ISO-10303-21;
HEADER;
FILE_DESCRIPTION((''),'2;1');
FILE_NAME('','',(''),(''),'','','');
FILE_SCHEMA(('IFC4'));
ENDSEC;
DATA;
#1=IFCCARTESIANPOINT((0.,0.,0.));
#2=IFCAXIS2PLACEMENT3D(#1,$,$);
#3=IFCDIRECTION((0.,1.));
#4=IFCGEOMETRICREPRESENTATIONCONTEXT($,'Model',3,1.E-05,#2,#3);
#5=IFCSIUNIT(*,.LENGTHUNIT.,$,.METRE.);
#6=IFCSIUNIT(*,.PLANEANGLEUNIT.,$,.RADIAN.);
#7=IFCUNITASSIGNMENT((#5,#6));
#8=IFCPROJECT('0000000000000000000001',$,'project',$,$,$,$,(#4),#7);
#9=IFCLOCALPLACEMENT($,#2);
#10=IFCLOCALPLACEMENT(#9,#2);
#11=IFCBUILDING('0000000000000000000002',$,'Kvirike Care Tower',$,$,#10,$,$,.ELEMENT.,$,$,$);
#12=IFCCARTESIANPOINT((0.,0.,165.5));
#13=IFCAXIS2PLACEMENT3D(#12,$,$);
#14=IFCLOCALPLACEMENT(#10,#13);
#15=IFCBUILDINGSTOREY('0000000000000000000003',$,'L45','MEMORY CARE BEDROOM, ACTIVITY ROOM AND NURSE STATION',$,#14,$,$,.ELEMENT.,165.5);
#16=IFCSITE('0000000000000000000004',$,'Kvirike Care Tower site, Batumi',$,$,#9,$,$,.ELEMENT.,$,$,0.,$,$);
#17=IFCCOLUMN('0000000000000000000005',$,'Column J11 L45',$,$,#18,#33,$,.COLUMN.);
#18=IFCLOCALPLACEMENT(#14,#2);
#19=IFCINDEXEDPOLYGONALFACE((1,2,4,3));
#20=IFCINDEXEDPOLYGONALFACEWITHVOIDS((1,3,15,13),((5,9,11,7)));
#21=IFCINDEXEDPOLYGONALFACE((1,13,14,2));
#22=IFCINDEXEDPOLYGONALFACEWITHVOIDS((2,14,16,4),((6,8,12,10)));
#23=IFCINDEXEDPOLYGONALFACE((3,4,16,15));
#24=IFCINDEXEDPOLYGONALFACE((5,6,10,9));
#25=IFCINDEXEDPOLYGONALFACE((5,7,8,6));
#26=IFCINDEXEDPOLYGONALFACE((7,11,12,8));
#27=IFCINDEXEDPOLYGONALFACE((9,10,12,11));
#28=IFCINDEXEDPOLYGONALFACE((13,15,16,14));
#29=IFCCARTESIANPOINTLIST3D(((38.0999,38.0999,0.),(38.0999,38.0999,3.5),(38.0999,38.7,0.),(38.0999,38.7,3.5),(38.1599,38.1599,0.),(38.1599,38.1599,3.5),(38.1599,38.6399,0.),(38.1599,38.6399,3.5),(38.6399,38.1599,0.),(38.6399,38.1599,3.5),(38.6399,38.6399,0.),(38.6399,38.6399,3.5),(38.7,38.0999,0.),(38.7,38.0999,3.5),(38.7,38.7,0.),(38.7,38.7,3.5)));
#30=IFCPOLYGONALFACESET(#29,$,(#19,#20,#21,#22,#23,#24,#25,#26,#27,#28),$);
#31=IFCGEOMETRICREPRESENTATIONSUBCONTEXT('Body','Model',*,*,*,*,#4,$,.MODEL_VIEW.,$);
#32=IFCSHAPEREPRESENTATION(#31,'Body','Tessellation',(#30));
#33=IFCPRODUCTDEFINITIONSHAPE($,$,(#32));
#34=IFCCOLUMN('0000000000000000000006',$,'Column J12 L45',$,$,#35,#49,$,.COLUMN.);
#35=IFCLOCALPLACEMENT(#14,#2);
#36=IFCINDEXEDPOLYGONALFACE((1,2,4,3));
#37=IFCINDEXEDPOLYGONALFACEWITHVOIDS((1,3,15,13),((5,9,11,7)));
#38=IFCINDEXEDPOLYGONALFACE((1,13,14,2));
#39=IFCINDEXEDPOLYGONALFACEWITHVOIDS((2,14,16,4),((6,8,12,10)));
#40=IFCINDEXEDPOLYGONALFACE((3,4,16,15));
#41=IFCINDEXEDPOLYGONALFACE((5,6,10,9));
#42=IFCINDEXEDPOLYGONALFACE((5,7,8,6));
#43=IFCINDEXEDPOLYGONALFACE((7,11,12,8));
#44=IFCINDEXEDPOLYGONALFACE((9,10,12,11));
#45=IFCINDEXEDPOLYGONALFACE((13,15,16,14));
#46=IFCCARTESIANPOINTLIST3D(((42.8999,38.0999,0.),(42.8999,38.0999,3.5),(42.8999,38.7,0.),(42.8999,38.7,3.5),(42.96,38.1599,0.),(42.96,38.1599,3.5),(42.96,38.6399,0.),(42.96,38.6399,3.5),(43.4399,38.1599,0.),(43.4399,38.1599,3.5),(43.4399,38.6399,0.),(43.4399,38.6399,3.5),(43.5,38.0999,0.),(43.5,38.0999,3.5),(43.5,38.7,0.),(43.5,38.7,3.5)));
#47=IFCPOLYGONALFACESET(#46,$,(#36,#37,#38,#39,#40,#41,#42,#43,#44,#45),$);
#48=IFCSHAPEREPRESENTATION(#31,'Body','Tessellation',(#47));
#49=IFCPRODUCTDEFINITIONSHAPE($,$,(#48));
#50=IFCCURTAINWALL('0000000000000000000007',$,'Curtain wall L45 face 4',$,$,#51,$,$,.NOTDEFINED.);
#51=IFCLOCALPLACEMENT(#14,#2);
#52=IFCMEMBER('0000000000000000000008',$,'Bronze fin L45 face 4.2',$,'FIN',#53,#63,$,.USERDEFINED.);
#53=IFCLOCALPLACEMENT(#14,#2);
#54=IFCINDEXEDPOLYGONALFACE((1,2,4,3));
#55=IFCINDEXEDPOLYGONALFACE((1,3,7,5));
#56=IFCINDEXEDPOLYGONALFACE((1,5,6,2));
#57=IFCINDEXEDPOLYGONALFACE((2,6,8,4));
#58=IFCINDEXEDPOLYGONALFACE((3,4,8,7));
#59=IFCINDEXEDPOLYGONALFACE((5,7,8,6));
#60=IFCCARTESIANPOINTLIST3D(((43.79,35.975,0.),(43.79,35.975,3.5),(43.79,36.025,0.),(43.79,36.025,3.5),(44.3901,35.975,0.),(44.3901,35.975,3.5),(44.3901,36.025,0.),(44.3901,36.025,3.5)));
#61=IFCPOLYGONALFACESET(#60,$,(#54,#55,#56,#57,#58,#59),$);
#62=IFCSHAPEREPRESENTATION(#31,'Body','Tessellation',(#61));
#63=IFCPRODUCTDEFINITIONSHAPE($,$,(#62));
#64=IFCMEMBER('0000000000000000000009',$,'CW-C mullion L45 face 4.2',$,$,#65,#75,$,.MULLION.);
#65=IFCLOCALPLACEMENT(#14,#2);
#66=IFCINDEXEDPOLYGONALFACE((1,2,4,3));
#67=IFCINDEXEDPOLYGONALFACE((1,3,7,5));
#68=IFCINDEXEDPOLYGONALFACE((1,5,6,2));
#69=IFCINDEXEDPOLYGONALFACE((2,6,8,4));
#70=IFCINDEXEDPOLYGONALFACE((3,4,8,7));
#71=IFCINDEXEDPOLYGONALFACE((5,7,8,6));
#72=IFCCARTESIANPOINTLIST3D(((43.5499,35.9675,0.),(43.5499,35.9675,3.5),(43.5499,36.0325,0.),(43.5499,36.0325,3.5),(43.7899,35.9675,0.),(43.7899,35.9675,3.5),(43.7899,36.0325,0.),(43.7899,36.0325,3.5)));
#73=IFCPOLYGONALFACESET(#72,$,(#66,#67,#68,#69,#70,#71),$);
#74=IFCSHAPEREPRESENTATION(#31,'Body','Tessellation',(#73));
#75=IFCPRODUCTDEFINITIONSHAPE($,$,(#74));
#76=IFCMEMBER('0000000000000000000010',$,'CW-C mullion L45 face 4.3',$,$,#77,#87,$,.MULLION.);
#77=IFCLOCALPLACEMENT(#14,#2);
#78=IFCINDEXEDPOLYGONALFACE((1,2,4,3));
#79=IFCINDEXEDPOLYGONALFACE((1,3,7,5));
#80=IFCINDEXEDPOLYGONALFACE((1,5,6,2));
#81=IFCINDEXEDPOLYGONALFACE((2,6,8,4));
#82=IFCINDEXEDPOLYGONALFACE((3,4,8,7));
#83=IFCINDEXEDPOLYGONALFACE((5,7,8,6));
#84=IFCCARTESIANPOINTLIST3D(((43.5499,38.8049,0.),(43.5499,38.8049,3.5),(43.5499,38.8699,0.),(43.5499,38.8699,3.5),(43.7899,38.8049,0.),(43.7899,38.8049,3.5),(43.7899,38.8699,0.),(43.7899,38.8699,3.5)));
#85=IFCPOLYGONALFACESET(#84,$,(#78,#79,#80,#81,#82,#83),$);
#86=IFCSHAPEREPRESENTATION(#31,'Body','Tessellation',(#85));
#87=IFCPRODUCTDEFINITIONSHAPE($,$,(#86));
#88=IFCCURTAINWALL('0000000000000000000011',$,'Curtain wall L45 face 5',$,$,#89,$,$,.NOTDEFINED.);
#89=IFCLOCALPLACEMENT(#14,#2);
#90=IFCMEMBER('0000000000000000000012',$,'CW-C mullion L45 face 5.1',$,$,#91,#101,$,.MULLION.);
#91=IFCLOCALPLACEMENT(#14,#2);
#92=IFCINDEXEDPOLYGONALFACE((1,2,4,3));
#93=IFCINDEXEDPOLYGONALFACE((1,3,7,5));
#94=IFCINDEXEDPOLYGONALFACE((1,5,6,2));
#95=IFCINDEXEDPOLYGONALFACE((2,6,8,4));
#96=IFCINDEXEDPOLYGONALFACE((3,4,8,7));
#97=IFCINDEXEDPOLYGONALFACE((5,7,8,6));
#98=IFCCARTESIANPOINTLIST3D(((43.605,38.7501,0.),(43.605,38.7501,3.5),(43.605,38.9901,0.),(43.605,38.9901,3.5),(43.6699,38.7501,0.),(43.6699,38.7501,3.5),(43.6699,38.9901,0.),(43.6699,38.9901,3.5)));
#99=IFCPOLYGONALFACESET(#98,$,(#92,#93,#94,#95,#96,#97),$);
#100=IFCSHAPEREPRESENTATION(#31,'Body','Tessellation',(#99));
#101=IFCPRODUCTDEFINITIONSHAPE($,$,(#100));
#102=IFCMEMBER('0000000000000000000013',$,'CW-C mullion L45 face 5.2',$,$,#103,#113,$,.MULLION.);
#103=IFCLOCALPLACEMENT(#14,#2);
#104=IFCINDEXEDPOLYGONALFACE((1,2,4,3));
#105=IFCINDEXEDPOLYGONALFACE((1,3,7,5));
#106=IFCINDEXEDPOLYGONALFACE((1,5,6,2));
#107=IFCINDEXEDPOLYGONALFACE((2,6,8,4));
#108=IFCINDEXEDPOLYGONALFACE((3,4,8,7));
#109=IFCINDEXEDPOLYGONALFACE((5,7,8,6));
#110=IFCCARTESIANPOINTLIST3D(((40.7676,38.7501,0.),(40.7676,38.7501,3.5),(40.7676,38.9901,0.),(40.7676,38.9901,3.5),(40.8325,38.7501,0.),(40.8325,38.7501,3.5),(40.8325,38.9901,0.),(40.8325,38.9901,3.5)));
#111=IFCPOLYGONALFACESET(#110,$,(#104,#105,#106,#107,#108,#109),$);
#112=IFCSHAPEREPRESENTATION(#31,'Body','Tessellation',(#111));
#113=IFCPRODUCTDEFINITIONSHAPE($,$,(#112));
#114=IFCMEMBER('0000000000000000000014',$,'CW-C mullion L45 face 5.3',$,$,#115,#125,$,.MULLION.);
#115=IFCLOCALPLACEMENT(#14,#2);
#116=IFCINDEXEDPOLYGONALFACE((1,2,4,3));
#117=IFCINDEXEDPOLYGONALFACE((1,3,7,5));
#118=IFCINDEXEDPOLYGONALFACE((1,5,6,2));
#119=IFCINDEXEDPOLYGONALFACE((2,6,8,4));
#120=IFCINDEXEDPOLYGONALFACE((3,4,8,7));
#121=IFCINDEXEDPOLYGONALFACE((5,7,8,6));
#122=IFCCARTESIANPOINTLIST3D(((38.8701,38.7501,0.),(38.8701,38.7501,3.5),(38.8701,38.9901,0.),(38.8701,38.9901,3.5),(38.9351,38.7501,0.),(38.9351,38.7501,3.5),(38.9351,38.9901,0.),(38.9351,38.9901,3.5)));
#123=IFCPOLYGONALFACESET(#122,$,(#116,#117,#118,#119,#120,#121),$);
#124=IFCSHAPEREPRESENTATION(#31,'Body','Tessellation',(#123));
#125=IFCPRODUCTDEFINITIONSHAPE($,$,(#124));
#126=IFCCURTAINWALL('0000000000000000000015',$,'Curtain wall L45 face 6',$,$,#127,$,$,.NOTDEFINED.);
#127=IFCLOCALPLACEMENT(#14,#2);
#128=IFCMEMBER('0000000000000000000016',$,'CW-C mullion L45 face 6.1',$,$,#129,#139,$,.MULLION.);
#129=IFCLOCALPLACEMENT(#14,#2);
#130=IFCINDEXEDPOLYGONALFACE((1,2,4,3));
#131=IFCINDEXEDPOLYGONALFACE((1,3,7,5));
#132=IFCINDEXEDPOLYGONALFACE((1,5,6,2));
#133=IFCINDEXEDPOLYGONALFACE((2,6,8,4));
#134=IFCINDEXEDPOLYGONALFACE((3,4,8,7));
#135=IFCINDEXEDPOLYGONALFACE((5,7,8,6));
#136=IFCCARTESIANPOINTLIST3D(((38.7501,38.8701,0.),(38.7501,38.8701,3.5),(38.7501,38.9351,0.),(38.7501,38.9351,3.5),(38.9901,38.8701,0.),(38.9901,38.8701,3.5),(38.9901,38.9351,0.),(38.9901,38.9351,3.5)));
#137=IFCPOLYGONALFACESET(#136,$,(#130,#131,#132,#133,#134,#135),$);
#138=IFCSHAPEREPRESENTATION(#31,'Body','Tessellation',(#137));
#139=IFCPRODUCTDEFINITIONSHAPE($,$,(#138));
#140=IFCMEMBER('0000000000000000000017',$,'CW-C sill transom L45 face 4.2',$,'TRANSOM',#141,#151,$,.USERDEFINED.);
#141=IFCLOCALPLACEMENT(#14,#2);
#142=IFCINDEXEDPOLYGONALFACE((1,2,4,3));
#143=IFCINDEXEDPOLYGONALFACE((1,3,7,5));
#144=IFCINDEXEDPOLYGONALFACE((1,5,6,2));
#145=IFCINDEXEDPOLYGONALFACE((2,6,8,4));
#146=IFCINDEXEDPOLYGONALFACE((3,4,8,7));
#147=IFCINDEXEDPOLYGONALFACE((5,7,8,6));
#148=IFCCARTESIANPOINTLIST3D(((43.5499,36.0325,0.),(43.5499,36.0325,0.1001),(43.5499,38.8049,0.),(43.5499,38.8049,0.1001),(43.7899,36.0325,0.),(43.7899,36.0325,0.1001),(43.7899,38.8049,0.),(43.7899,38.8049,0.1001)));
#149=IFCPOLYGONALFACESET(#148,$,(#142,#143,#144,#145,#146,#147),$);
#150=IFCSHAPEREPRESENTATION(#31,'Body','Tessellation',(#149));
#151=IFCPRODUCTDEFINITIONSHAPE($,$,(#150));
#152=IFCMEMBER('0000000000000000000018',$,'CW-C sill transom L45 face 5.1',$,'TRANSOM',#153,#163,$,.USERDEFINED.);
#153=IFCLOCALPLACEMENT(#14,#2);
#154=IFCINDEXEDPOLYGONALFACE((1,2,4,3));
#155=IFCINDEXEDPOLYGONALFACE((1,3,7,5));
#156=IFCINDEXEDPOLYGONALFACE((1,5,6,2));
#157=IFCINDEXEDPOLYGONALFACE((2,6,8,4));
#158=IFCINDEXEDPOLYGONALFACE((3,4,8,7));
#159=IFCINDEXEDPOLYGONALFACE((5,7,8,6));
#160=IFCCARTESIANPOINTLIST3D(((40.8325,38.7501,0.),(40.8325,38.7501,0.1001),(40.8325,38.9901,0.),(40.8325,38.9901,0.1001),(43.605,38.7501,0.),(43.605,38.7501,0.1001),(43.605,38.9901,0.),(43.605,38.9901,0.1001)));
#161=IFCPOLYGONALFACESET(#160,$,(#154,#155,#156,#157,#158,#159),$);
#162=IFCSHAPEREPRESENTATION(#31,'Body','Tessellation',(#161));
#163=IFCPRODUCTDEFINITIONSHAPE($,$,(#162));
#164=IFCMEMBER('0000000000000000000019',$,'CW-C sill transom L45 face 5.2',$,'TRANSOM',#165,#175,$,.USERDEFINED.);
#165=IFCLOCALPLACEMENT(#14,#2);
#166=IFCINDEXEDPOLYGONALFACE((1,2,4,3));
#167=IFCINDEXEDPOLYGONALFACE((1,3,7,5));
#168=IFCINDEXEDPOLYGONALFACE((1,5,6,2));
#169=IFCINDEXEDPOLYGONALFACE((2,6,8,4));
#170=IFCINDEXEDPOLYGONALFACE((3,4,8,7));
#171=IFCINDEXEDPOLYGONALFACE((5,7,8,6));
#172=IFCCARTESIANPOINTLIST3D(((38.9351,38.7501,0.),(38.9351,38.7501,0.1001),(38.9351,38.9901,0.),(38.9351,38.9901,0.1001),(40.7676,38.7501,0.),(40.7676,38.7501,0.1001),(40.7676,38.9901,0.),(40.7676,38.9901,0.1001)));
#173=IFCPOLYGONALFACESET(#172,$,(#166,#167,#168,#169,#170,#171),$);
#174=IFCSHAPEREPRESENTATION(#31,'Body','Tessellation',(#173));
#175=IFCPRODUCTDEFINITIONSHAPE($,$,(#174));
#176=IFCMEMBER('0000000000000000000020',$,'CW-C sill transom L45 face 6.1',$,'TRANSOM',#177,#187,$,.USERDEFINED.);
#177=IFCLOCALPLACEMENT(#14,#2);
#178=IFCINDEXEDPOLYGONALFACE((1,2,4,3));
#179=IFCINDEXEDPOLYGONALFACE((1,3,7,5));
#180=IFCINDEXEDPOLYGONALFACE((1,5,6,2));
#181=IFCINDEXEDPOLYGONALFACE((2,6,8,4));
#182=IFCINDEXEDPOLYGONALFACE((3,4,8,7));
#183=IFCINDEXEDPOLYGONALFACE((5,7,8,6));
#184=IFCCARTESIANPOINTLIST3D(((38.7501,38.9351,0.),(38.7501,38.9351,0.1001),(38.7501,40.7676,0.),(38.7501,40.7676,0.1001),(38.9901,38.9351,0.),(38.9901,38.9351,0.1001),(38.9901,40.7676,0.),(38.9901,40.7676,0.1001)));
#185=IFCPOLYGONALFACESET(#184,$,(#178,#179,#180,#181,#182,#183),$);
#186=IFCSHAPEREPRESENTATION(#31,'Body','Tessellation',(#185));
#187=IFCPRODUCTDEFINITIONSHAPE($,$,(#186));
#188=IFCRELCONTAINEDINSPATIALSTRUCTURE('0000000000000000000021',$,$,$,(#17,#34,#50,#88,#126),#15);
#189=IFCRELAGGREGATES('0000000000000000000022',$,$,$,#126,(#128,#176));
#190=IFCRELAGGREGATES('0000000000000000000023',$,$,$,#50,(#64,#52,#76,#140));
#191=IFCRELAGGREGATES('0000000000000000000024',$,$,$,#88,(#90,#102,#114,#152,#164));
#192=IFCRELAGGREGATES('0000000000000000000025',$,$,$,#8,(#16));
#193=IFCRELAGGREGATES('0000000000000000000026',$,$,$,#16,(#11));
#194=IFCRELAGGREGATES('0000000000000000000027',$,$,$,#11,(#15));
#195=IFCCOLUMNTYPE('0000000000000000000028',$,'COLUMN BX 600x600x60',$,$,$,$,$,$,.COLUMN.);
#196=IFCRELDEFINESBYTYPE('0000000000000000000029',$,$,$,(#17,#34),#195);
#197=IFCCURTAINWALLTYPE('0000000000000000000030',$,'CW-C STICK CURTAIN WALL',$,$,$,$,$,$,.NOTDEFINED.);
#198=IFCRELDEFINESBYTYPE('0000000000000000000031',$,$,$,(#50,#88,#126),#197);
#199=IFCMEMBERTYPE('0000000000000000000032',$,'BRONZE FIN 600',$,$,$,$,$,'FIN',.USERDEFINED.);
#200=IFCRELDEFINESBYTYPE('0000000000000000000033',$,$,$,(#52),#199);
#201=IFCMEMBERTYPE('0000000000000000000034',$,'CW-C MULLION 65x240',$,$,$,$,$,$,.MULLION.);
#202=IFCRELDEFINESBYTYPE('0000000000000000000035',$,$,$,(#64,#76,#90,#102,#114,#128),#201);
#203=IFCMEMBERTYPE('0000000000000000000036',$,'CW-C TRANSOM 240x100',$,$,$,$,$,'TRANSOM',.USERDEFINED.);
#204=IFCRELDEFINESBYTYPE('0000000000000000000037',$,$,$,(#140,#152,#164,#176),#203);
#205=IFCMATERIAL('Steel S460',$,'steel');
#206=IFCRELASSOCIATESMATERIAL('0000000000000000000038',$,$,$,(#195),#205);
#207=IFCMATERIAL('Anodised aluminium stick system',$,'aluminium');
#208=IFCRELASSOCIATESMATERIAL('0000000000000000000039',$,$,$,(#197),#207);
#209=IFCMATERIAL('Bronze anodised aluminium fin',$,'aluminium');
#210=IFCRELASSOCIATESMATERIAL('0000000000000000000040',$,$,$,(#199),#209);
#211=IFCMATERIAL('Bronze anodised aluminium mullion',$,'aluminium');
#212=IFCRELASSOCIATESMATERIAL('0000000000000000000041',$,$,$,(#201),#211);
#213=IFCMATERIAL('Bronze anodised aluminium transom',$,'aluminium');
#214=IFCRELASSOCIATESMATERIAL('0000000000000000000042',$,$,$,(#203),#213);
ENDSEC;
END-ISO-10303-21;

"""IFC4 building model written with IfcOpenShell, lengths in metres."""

from ifc_helpers import new_model, si_unit, direction, frame, origin, origin_2d, place, context, subcontext, project, spatial, rectangle, hollow_rectangle, extrude, material, material_profile, profile_set, type_object, element, aggregate, save


model = new_model("IFC4")

# Units and contexts
model_context = context("Model", 3, precision=1e-05, world=origin(), true_north=direction((0.0, 1.0)))
body_context = subcontext(model_context, "Body", "Model", "MODEL_VIEW")
ifc_project = project(units=[si_unit("LENGTHUNIT", "METRE"), si_unit("PLANEANGLEUNIT", "RADIAN")], contexts=[model_context])

# Site, building, storey
site_placement = place(None, origin())
site = spatial("IfcSite", under=ifc_project, at=site_placement, Name="Kvirike Care Tower site, Batumi", CompositionType="ELEMENT", RefElevation=0.0)
building_placement = place(site_placement, origin())
building = spatial("IfcBuilding", under=site, at=building_placement, Name="Kvirike Care Tower", CompositionType="ELEMENT")
storey_placement = place(building_placement, frame((0.0, 0.0, 165.5)))
storey = spatial("IfcBuildingStorey", under=building, at=storey_placement, Name="L45", Description="MEMORY CARE BEDROOM, ACTIVITY ROOM AND NURSE STATION", CompositionType="ELEMENT", Elevation=165.5)

# Columns
ifc_material_1 = material(Name="Steel S460", Category="steel")
ifc_material_profile_1 = material_profile(ifc_material_1, hollow_rectangle(XDim=0.6001, YDim=0.6001, WallThickness=0.0601, at=origin_2d()), Name="BX 600x600x60")
ifc_profile_set_1 = profile_set([ifc_material_profile_1], Name="Steel S460")
column_type = type_object("IfcColumnType", Name="COLUMN BX 600x600x60", PredefinedType="COLUMN", material=ifc_profile_set_1)
for number, where, z_axis, x_axis, name in (
    (1, (38.3999, 38.3999, 0.0), (0.0, 0.0, 1.0), (0.0, 1.0, 0.0), "Column J11 L45"),
    (2, (43.2, 38.3999, 0.0), (0.0, 0.0, 1.0), (0.0, 1.0, 0.0), "Column J12 L45"),
):
    element("IfcColumn", number, at=place(storey_placement, frame(where, z_axis=z_axis, x_axis=x_axis)), inside=storey, type_object=column_type, Name=name, PredefinedType="COLUMN", context=body_context, shape_type="SweptSolid", body=[
        extrude(hollow_rectangle(XDim=0.6001, YDim=0.6001, WallThickness=0.0601, at=origin_2d()), origin(), (0.0, 0.0, 1.0), 3.5),
    ])

# Curtain walls, members
ifc_material_2 = material(Name="Anodised aluminium stick system", Category="aluminium")
curtain_wall_type = type_object("IfcCurtainWallType", Name="CW-C STICK CURTAIN WALL", PredefinedType="NOTDEFINED", material=ifc_material_2)
curtain_wall_1_placement = place(storey_placement, origin())
curtain_wall_1 = element("IfcCurtainWall", 3, at=curtain_wall_1_placement, inside=storey, type_object=curtain_wall_type, Name="Curtain wall L45 face 4", PredefinedType="NOTDEFINED")
ifc_material_3 = material(Name="Bronze anodised aluminium fin", Category="aluminium")
ifc_material_profile_2 = material_profile(ifc_material_3, rectangle(XDim=0.05, YDim=0.6001, at=origin_2d()), Name="BRONZE FIN 600")
ifc_profile_set_2 = profile_set([ifc_material_profile_2], Name="Bronze anodised aluminium fin")
member_type_1 = type_object("IfcMemberType", Name="BRONZE FIN 600", ElementType="FIN", PredefinedType="USERDEFINED", material=ifc_profile_set_2)
member_1_placement = place(storey_placement, frame((44.0901, 36.0, 0.0), z_axis=(0.0, 0.0, 1.0), x_axis=(0.0, 1.0, 0.0)))
member_1 = element("IfcMember", 4, at=member_1_placement, type_object=member_type_1, Name="Bronze fin L45 face 4.2", ObjectType="FIN", PredefinedType="USERDEFINED", context=body_context, shape_type="SweptSolid", body=[
    extrude(rectangle(XDim=0.05, YDim=0.6001, at=origin_2d()), origin(), (0.0, 0.0, 1.0), 3.5),
])
ifc_material_4 = material(Name="Bronze anodised aluminium mullion", Category="aluminium")
ifc_material_profile_3 = material_profile(ifc_material_4, rectangle(XDim=0.0649, YDim=0.24, at=origin_2d()), Name="CW-C MULLION 65x240")
ifc_profile_set_3 = profile_set([ifc_material_profile_3], Name="Bronze anodised aluminium mullion")
member_type_2 = type_object("IfcMemberType", Name="CW-C MULLION 65x240", PredefinedType="MULLION", material=ifc_profile_set_3)
member_2_placement = place(storey_placement, frame((43.6699, 36.0, 0.0), z_axis=(0.0, 0.0, 1.0), x_axis=(0.0, 1.0, 0.0)))
member_2 = element("IfcMember", 5, at=member_2_placement, type_object=member_type_2, Name="CW-C mullion L45 face 4.2", PredefinedType="MULLION", context=body_context, shape_type="SweptSolid", body=[
    extrude(rectangle(XDim=0.0649, YDim=0.24, at=origin_2d()), origin(), (0.0, 0.0, 1.0), 3.5),
])
member_3_placement = place(storey_placement, frame((43.6699, 38.8374, 0.0), z_axis=(0.0, 0.0, 1.0), x_axis=(0.0, 1.0, 0.0)))
member_3 = element("IfcMember", 6, at=member_3_placement, type_object=member_type_2, Name="CW-C mullion L45 face 4.3", PredefinedType="MULLION", context=body_context, shape_type="SweptSolid", body=[
    extrude(rectangle(XDim=0.0649, YDim=0.24, at=origin_2d()), origin(), (0.0, 0.0, 1.0), 3.5),
])
curtain_wall_2_placement = place(storey_placement, origin())
curtain_wall_2 = element("IfcCurtainWall", 7, at=curtain_wall_2_placement, inside=storey, type_object=curtain_wall_type, Name="Curtain wall L45 face 5", PredefinedType="NOTDEFINED")
member_4_placement = place(storey_placement, frame((43.6375, 38.8701, 0.0), z_axis=(0.0, 0.0, 1.0), x_axis=(-1.0, 0.0, 0.0)))
member_4 = element("IfcMember", 8, at=member_4_placement, type_object=member_type_2, Name="CW-C mullion L45 face 5.1", PredefinedType="MULLION", context=body_context, shape_type="SweptSolid", body=[
    extrude(rectangle(XDim=0.0649, YDim=0.24, at=origin_2d()), origin(), (0.0, 0.0, 1.0), 3.5),
])
member_5_placement = place(storey_placement, frame((40.8, 38.8701, 0.0), z_axis=(0.0, 0.0, 1.0), x_axis=(-1.0, 0.0, 0.0)))
member_5 = element("IfcMember", 9, at=member_5_placement, type_object=member_type_2, Name="CW-C mullion L45 face 5.2", PredefinedType="MULLION", context=body_context, shape_type="SweptSolid", body=[
    extrude(rectangle(XDim=0.0649, YDim=0.24, at=origin_2d()), origin(), (0.0, 0.0, 1.0), 3.5),
])
member_6_placement = place(storey_placement, frame((38.9026, 38.8701, 0.0), z_axis=(0.0, 0.0, 1.0), x_axis=(-1.0, 0.0, 0.0)))
member_6 = element("IfcMember", 10, at=member_6_placement, type_object=member_type_2, Name="CW-C mullion L45 face 5.3", PredefinedType="MULLION", context=body_context, shape_type="SweptSolid", body=[
    extrude(rectangle(XDim=0.0649, YDim=0.24, at=origin_2d()), origin(), (0.0, 0.0, 1.0), 3.5),
])

# Curtain wall, member
curtain_wall_3_placement = place(storey_placement, origin())
curtain_wall_3 = element("IfcCurtainWall", 11, at=curtain_wall_3_placement, inside=storey, type_object=curtain_wall_type, Name="Curtain wall L45 face 6", PredefinedType="NOTDEFINED")
member_7_placement = place(storey_placement, frame((38.8701, 38.9026, 0.0), z_axis=(0.0, 0.0, 1.0), x_axis=(0.0, 1.0, 0.0)))
member_7 = element("IfcMember", 12, at=member_7_placement, type_object=member_type_2, Name="CW-C mullion L45 face 6.1", PredefinedType="MULLION", context=body_context, shape_type="SweptSolid", body=[
    extrude(rectangle(XDim=0.0649, YDim=0.24, at=origin_2d()), origin(), (0.0, 0.0, 1.0), 3.5),
])

# Members
ifc_material_5 = material(Name="Bronze anodised aluminium transom", Category="aluminium")
ifc_material_profile_4 = material_profile(ifc_material_5, rectangle(XDim=0.24, YDim=0.1001, at=origin_2d()), Name="CW-C TRANSOM 240x100")
ifc_profile_set_4 = profile_set([ifc_material_profile_4], Name="Bronze anodised aluminium transom")
member_type_3 = type_object("IfcMemberType", Name="CW-C TRANSOM 240x100", ElementType="TRANSOM", PredefinedType="USERDEFINED", material=ifc_profile_set_4)
member_8_placement = place(storey_placement, frame((43.6699, 36.0325, 0.05), z_axis=(0.0, 1.0, 0.0), x_axis=(-1.0, 0.0, 0.0)))
member_8 = element("IfcMember", 13, at=member_8_placement, type_object=member_type_3, Name="CW-C sill transom L45 face 4.2", ObjectType="TRANSOM", PredefinedType="USERDEFINED", context=body_context, shape_type="SweptSolid", body=[
    extrude(rectangle(XDim=0.24, YDim=0.1001, at=origin_2d()), origin(), (0.0, 0.0, 1.0), 2.7725),
])
member_9_placement = place(storey_placement, frame((43.605, 38.8701, 0.05), z_axis=(-1.0, 0.0, 0.0), x_axis=(0.0, -1.0, 0.0)))
member_9 = element("IfcMember", 14, at=member_9_placement, type_object=member_type_3, Name="CW-C sill transom L45 face 5.1", ObjectType="TRANSOM", PredefinedType="USERDEFINED", context=body_context, shape_type="SweptSolid", body=[
    extrude(rectangle(XDim=0.24, YDim=0.1001, at=origin_2d()), origin(), (0.0, 0.0, 1.0), 2.7725),
])
member_10_placement = place(storey_placement, frame((40.7676, 38.8701, 0.05), z_axis=(-1.0, 0.0, 0.0), x_axis=(0.0, -1.0, 0.0)))
member_10 = element("IfcMember", 15, at=member_10_placement, type_object=member_type_3, Name="CW-C sill transom L45 face 5.2", ObjectType="TRANSOM", PredefinedType="USERDEFINED", context=body_context, shape_type="SweptSolid", body=[
    extrude(rectangle(XDim=0.24, YDim=0.1001, at=origin_2d()), origin(), (0.0, 0.0, 1.0), 1.8325),
])
member_11_placement = place(storey_placement, frame((38.8701, 38.9351, 0.05), z_axis=(0.0, 1.0, 0.0), x_axis=(-1.0, 0.0, 0.0)))
member_11 = element("IfcMember", 16, at=member_11_placement, type_object=member_type_3, Name="CW-C sill transom L45 face 6.1", ObjectType="TRANSOM", PredefinedType="USERDEFINED", context=body_context, shape_type="SweptSolid", body=[
    extrude(rectangle(XDim=0.24, YDim=0.1001, at=origin_2d()), origin(), (0.0, 0.0, 1.0), 1.8325),
])
aggregate(curtain_wall_3, [member_7, member_11])

aggregate(curtain_wall_1, [member_2, member_1, member_3, member_8])
aggregate(curtain_wall_2, [member_4, member_5, member_6, member_9, member_10])

save(model, "model.ifc")
